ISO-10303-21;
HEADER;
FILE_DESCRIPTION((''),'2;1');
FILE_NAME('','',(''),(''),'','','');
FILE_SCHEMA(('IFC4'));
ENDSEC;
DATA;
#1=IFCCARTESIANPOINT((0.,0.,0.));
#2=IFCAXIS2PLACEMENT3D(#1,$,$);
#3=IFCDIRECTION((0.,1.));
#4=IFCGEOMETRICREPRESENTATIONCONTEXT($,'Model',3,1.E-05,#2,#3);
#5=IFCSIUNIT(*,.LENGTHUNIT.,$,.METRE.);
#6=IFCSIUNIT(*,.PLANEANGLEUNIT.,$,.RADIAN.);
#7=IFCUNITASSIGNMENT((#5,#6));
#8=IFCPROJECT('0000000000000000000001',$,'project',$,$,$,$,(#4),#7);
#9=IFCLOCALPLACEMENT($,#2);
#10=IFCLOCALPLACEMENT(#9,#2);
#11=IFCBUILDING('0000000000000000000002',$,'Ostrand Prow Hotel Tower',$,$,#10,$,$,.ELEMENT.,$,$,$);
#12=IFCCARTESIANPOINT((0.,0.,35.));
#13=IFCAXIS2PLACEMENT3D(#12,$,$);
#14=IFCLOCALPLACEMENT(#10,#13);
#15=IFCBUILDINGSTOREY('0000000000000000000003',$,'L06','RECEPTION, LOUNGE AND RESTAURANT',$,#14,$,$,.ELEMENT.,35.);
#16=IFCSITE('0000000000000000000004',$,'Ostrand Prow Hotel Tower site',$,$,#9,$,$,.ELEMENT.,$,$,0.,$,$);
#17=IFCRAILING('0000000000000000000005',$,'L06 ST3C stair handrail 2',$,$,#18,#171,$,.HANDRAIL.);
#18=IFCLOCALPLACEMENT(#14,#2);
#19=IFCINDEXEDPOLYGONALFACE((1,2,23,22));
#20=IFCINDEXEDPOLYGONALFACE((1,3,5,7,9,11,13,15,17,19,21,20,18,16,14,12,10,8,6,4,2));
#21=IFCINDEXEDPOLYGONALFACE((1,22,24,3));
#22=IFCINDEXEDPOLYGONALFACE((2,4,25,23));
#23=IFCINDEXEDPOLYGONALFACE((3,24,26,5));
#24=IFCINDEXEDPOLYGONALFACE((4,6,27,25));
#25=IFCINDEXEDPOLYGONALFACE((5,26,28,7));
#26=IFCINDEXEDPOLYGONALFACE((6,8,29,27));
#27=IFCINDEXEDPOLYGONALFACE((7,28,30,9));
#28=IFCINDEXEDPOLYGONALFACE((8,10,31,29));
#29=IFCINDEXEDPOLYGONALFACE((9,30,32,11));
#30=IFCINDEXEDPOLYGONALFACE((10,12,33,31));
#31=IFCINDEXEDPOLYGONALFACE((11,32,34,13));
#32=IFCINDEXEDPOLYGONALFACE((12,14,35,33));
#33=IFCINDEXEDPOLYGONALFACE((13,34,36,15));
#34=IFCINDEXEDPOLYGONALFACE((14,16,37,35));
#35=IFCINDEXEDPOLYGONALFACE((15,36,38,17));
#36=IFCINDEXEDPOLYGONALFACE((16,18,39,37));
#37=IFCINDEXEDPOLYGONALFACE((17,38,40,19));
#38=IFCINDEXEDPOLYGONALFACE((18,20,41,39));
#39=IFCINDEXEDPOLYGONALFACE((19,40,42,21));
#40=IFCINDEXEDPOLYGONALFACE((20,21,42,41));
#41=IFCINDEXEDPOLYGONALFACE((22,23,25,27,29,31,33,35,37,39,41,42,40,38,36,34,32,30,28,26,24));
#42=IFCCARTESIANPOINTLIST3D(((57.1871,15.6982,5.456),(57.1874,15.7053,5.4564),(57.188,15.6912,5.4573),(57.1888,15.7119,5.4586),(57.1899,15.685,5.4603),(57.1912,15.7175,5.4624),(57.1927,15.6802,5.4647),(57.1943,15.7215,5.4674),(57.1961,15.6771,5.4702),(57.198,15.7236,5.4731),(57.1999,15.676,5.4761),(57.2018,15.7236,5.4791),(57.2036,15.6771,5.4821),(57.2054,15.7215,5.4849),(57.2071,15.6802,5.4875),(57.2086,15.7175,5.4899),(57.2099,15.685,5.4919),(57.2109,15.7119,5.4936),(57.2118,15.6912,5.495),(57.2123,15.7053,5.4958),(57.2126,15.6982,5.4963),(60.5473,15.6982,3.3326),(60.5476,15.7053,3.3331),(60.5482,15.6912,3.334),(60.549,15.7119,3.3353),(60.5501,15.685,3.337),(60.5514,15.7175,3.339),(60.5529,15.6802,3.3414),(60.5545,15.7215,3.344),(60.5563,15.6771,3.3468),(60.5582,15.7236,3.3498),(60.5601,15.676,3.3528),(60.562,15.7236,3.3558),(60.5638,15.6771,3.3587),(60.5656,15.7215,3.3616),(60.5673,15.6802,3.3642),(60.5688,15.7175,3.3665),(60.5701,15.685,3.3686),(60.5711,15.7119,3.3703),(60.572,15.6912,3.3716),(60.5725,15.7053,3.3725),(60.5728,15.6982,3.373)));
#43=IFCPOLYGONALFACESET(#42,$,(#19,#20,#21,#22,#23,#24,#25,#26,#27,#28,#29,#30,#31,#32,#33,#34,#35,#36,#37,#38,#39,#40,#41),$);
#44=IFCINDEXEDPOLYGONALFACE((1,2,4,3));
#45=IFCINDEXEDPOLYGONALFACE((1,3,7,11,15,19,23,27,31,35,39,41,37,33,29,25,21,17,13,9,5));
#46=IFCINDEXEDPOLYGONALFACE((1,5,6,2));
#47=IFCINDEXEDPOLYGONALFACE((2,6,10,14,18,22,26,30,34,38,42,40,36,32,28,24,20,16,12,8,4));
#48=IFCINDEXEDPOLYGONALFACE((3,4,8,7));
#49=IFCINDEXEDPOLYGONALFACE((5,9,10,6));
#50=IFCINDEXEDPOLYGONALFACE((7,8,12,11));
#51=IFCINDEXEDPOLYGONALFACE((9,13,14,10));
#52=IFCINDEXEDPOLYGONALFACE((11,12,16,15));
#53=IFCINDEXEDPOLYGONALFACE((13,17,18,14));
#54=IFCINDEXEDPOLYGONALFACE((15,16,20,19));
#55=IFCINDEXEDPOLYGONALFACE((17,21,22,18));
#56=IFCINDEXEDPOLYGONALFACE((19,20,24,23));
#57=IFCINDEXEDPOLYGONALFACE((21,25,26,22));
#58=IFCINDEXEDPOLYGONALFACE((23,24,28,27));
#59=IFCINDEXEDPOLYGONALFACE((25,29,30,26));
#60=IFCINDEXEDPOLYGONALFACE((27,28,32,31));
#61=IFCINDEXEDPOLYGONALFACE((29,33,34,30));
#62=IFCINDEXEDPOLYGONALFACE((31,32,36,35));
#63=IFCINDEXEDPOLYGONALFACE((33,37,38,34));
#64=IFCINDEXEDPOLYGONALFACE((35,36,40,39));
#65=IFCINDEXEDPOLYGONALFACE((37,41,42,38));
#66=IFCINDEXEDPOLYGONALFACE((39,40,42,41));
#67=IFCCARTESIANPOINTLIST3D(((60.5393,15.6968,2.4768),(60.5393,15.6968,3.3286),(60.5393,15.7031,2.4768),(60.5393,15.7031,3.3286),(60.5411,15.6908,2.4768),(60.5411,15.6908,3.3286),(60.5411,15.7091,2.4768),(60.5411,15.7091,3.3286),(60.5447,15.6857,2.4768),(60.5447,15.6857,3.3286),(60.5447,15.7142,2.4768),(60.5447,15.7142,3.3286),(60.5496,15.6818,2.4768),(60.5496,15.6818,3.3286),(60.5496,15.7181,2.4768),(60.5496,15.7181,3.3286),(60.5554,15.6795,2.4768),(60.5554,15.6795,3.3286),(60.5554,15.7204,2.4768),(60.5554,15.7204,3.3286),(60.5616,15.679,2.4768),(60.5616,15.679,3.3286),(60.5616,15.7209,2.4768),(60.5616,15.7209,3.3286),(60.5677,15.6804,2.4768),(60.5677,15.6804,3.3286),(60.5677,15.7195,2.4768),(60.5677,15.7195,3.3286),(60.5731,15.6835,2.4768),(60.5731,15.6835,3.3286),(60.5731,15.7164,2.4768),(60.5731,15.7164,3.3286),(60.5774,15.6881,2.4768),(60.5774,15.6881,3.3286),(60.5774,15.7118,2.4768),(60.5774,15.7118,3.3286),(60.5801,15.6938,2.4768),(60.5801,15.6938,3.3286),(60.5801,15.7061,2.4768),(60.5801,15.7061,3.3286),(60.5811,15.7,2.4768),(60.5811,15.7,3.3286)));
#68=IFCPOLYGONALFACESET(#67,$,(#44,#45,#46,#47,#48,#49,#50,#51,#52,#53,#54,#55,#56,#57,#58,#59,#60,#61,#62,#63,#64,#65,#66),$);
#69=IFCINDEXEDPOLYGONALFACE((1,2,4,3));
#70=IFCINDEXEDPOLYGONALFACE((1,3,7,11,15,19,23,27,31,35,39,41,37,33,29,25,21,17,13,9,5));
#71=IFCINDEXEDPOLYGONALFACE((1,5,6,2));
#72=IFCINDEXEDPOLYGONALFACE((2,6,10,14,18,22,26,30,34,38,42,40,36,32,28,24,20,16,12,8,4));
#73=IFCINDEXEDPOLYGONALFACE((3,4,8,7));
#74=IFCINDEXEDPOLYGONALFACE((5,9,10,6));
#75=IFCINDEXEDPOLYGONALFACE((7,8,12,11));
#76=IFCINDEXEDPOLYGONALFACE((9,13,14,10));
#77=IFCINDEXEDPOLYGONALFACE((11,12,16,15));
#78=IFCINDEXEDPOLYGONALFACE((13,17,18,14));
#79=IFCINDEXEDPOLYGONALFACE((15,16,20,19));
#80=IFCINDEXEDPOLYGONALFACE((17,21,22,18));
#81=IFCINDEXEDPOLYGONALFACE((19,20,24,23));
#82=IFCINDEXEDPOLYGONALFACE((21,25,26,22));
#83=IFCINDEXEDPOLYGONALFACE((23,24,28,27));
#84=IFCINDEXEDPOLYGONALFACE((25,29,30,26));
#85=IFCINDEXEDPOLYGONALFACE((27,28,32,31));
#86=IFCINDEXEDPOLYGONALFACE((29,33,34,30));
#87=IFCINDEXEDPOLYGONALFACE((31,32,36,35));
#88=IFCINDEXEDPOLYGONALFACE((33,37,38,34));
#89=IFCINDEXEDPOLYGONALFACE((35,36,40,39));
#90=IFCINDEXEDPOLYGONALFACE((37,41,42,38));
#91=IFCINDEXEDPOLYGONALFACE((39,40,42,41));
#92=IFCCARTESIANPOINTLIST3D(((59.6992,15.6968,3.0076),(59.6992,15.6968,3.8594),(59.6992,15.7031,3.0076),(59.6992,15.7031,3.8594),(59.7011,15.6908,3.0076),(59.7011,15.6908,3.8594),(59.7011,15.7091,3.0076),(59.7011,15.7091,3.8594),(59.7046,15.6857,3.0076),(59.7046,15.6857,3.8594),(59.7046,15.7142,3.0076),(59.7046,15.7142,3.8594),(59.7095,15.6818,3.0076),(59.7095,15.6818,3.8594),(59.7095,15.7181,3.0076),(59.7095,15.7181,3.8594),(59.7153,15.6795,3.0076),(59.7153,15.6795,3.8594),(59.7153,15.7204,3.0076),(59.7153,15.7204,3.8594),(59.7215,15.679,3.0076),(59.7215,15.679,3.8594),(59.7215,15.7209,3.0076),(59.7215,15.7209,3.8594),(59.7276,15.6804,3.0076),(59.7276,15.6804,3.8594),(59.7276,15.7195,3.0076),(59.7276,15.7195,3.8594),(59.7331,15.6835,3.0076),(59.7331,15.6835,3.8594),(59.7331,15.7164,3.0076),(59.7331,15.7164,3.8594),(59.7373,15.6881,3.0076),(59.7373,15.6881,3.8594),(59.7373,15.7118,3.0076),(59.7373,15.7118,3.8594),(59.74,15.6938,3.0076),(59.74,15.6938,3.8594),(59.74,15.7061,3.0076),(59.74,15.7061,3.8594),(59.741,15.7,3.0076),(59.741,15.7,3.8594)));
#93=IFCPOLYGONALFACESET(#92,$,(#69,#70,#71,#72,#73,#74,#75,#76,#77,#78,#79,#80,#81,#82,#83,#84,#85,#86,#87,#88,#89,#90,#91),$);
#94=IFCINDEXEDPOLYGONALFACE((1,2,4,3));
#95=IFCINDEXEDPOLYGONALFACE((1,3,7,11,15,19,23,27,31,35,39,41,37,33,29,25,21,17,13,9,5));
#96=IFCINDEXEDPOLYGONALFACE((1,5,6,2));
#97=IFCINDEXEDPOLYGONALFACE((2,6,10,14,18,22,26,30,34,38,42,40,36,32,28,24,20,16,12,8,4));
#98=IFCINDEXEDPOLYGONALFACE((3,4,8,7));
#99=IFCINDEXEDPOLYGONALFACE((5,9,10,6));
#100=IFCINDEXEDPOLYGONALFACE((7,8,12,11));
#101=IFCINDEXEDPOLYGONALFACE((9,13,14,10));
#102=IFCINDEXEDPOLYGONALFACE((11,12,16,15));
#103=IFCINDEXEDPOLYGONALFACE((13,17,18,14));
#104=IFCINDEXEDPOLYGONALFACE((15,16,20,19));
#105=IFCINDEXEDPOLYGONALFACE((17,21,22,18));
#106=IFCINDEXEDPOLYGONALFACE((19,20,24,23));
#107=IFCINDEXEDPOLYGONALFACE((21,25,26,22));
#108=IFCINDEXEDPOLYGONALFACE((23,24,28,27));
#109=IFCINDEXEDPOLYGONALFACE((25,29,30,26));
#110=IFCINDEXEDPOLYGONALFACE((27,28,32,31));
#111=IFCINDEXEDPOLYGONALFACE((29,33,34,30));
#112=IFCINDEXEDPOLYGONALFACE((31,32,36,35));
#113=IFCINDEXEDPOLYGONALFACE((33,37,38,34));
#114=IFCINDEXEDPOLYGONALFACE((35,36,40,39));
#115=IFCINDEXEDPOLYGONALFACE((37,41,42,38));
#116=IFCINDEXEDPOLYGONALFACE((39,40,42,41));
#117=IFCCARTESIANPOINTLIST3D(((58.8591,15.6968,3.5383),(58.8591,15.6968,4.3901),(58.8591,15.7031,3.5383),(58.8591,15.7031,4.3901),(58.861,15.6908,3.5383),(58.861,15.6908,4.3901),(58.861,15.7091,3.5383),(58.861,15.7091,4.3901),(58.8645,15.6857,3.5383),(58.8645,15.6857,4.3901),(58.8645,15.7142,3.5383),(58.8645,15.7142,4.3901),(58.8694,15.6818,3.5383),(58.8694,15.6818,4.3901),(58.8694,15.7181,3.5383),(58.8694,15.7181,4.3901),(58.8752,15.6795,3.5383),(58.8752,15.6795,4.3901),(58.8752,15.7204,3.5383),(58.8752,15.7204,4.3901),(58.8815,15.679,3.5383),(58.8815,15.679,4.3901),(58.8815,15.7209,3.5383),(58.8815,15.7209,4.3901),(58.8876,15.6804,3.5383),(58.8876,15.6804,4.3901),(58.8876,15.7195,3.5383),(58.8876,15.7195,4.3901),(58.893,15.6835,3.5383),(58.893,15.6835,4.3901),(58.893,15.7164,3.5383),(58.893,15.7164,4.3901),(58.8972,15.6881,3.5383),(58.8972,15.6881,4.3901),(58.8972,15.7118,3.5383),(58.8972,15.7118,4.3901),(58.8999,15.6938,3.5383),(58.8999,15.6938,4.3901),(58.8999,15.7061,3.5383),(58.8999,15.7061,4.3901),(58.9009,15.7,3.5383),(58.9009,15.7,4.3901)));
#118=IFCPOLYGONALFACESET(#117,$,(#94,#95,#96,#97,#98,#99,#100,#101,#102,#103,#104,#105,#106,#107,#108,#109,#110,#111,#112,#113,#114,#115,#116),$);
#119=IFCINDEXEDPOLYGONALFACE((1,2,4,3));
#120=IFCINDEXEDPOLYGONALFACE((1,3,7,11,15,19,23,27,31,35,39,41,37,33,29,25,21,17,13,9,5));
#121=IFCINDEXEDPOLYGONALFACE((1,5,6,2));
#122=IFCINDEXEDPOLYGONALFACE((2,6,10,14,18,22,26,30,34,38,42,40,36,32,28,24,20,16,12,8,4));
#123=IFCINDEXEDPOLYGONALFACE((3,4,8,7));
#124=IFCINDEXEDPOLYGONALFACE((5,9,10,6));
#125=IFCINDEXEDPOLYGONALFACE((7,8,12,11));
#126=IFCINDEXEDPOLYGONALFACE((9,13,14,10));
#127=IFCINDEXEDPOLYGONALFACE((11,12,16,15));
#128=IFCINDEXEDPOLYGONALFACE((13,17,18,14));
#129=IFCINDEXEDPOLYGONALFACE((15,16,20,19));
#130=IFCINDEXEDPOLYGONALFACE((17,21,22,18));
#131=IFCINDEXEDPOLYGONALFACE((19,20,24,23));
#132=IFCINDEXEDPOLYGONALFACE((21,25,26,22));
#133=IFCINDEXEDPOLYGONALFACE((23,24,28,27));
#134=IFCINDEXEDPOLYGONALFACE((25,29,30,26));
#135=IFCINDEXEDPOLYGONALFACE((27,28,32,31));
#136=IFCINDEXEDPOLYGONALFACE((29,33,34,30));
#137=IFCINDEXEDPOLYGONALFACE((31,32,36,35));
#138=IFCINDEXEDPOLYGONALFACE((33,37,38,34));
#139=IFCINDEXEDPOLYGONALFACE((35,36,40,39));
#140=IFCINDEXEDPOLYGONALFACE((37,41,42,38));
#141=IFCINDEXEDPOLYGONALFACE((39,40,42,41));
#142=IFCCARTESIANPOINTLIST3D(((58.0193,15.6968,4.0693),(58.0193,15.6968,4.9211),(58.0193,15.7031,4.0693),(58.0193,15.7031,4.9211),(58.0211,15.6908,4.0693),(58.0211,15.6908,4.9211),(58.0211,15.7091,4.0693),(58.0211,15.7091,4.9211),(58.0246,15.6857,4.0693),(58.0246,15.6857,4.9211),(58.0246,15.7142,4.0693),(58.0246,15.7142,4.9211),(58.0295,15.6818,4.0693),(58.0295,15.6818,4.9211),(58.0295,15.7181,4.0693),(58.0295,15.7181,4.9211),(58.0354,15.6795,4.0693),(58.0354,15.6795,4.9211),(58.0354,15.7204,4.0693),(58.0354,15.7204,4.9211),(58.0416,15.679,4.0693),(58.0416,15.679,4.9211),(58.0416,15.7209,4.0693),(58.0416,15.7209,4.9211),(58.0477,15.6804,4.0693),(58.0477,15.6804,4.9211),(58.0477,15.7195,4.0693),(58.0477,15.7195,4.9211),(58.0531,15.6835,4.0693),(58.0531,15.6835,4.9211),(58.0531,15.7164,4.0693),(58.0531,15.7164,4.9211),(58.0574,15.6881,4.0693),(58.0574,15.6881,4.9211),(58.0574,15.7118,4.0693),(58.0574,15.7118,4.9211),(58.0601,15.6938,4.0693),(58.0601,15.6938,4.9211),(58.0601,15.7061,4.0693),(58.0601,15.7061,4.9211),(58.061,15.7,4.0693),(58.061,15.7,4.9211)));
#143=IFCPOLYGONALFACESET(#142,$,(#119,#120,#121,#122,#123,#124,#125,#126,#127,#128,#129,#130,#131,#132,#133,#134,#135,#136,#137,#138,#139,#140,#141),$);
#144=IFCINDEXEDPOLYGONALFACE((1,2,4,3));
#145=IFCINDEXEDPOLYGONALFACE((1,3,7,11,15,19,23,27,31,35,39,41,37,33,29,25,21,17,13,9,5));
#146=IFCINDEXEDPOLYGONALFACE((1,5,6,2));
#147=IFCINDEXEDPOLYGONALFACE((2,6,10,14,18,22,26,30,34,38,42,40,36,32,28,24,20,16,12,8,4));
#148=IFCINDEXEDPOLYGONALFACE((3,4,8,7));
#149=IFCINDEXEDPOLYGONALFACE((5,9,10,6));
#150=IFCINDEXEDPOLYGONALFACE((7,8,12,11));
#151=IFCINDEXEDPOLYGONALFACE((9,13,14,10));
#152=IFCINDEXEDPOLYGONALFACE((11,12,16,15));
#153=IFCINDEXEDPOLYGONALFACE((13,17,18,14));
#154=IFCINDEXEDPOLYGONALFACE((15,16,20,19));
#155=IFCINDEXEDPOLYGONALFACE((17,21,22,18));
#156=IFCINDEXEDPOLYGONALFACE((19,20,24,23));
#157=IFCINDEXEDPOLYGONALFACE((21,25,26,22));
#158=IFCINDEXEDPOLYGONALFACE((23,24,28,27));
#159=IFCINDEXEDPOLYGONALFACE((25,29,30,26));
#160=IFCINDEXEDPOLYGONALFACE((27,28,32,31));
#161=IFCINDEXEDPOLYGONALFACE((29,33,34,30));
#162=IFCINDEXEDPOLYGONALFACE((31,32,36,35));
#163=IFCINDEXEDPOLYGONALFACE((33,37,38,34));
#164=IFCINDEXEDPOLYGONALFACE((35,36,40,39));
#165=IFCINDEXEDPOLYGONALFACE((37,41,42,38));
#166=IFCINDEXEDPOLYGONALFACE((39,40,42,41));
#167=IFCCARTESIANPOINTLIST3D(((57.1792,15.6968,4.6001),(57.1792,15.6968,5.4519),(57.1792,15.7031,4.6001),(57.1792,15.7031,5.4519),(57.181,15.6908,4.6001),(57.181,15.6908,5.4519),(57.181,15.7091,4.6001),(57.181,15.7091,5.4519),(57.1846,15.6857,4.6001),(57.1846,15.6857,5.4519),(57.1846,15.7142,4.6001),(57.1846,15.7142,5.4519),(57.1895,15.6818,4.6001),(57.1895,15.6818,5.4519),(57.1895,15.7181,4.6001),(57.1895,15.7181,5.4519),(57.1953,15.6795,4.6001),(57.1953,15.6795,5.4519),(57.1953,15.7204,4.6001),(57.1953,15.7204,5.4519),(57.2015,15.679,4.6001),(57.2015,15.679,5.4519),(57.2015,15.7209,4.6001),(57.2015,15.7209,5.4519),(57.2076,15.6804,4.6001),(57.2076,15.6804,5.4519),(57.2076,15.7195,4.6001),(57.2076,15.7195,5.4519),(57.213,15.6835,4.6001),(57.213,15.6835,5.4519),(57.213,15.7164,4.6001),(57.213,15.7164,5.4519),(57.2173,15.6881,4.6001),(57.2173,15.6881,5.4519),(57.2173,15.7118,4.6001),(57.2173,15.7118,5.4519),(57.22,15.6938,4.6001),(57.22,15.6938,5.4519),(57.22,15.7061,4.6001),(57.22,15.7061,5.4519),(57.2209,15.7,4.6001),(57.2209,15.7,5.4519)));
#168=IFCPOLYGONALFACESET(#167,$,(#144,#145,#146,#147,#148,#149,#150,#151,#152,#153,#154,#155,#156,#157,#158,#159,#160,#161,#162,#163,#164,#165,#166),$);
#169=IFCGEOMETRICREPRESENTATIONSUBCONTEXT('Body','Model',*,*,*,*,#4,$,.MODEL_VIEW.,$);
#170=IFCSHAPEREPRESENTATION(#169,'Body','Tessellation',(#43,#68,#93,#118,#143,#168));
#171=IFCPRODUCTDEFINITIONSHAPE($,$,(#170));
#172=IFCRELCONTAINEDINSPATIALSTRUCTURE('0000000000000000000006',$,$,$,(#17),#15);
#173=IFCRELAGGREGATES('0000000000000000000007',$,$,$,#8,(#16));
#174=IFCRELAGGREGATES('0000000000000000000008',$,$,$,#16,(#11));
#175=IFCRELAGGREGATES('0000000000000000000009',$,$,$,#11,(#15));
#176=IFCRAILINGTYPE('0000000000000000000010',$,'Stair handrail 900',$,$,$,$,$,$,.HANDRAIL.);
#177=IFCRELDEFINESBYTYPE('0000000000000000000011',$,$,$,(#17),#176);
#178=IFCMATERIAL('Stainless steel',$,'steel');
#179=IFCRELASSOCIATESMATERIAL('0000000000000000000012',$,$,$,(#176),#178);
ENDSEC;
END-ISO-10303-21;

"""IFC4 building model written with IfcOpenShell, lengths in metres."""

from ifc_helpers import new_model, si_unit, direction, frame, origin, origin_2d, place, context, subcontext, project, spatial, circle, extrude, material, type_object, element, save


model = new_model("IFC4")

# Units and contexts
model_context = context("Model", 3, precision=1e-05, world=origin(), true_north=direction((0.0, 1.0)))
body_context = subcontext(model_context, "Body", "Model", "MODEL_VIEW")
ifc_project = project(units=[si_unit("LENGTHUNIT", "METRE"), si_unit("PLANEANGLEUNIT", "RADIAN")], contexts=[model_context])

# Site, building, storey
site_placement = place(None, origin())
site = spatial("IfcSite", under=ifc_project, at=site_placement, Name="Ostrand Prow Hotel Tower site", CompositionType="ELEMENT", RefElevation=0.0)
building_placement = place(site_placement, origin())
building = spatial("IfcBuilding", under=site, at=building_placement, Name="Ostrand Prow Hotel Tower", CompositionType="ELEMENT")
storey_placement = place(building_placement, frame((0.0, 0.0, 35.0)))
storey = spatial("IfcBuildingStorey", under=building, at=storey_placement, Name="L06", Description="RECEPTION, LOUNGE AND RESTAURANT", CompositionType="ELEMENT", Elevation=35.0)

# Railing
ifc_material_1 = material(Name="Stainless steel", Category="steel")
railing_type_1 = type_object("IfcRailingType", Name="Stair handrail 900", PredefinedType="HANDRAIL", material=ifc_material_1)
railing_1_placement = place(storey_placement, frame((60.5601, 15.7, 2.4768)))
element("IfcRailing", 1, at=railing_1_placement, inside=storey, type_object=railing_type_1, Name="L06 ST3C stair handrail 2", PredefinedType="HANDRAIL", context=body_context, shape_type="SweptSolid", body=[
    extrude(circle(Radius=0.0239, at=origin_2d()), frame((0.0, 0.0, 0.876), z_axis=(-0.845362, 0.0, 0.534194), x_axis=(0.0, -1.0, 0.0)), (0.0, 0.0, 1.0), 3.9749),
    extrude(circle(Radius=0.021, at=origin_2d()), origin(), (0.0, 0.0, 1.0), 0.8518),
    extrude(circle(Radius=0.021, at=origin_2d()), frame((-0.8401, 0.0, 0.5308)), (0.0, 0.0, 1.0), 0.8518),
    extrude(circle(Radius=0.021, at=origin_2d()), frame((-1.6802, 0.0, 1.0615)), (0.0, 0.0, 1.0), 0.8518),
    extrude(circle(Radius=0.021, at=origin_2d()), frame((-2.52, 0.0, 1.5925)), (0.0, 0.0, 1.0), 0.8518),
    extrude(circle(Radius=0.021, at=origin_2d()), frame((-3.3601, 0.0, 2.1233)), (0.0, 0.0, 1.0), 0.8518),
])

save(model, "model.ifc")
